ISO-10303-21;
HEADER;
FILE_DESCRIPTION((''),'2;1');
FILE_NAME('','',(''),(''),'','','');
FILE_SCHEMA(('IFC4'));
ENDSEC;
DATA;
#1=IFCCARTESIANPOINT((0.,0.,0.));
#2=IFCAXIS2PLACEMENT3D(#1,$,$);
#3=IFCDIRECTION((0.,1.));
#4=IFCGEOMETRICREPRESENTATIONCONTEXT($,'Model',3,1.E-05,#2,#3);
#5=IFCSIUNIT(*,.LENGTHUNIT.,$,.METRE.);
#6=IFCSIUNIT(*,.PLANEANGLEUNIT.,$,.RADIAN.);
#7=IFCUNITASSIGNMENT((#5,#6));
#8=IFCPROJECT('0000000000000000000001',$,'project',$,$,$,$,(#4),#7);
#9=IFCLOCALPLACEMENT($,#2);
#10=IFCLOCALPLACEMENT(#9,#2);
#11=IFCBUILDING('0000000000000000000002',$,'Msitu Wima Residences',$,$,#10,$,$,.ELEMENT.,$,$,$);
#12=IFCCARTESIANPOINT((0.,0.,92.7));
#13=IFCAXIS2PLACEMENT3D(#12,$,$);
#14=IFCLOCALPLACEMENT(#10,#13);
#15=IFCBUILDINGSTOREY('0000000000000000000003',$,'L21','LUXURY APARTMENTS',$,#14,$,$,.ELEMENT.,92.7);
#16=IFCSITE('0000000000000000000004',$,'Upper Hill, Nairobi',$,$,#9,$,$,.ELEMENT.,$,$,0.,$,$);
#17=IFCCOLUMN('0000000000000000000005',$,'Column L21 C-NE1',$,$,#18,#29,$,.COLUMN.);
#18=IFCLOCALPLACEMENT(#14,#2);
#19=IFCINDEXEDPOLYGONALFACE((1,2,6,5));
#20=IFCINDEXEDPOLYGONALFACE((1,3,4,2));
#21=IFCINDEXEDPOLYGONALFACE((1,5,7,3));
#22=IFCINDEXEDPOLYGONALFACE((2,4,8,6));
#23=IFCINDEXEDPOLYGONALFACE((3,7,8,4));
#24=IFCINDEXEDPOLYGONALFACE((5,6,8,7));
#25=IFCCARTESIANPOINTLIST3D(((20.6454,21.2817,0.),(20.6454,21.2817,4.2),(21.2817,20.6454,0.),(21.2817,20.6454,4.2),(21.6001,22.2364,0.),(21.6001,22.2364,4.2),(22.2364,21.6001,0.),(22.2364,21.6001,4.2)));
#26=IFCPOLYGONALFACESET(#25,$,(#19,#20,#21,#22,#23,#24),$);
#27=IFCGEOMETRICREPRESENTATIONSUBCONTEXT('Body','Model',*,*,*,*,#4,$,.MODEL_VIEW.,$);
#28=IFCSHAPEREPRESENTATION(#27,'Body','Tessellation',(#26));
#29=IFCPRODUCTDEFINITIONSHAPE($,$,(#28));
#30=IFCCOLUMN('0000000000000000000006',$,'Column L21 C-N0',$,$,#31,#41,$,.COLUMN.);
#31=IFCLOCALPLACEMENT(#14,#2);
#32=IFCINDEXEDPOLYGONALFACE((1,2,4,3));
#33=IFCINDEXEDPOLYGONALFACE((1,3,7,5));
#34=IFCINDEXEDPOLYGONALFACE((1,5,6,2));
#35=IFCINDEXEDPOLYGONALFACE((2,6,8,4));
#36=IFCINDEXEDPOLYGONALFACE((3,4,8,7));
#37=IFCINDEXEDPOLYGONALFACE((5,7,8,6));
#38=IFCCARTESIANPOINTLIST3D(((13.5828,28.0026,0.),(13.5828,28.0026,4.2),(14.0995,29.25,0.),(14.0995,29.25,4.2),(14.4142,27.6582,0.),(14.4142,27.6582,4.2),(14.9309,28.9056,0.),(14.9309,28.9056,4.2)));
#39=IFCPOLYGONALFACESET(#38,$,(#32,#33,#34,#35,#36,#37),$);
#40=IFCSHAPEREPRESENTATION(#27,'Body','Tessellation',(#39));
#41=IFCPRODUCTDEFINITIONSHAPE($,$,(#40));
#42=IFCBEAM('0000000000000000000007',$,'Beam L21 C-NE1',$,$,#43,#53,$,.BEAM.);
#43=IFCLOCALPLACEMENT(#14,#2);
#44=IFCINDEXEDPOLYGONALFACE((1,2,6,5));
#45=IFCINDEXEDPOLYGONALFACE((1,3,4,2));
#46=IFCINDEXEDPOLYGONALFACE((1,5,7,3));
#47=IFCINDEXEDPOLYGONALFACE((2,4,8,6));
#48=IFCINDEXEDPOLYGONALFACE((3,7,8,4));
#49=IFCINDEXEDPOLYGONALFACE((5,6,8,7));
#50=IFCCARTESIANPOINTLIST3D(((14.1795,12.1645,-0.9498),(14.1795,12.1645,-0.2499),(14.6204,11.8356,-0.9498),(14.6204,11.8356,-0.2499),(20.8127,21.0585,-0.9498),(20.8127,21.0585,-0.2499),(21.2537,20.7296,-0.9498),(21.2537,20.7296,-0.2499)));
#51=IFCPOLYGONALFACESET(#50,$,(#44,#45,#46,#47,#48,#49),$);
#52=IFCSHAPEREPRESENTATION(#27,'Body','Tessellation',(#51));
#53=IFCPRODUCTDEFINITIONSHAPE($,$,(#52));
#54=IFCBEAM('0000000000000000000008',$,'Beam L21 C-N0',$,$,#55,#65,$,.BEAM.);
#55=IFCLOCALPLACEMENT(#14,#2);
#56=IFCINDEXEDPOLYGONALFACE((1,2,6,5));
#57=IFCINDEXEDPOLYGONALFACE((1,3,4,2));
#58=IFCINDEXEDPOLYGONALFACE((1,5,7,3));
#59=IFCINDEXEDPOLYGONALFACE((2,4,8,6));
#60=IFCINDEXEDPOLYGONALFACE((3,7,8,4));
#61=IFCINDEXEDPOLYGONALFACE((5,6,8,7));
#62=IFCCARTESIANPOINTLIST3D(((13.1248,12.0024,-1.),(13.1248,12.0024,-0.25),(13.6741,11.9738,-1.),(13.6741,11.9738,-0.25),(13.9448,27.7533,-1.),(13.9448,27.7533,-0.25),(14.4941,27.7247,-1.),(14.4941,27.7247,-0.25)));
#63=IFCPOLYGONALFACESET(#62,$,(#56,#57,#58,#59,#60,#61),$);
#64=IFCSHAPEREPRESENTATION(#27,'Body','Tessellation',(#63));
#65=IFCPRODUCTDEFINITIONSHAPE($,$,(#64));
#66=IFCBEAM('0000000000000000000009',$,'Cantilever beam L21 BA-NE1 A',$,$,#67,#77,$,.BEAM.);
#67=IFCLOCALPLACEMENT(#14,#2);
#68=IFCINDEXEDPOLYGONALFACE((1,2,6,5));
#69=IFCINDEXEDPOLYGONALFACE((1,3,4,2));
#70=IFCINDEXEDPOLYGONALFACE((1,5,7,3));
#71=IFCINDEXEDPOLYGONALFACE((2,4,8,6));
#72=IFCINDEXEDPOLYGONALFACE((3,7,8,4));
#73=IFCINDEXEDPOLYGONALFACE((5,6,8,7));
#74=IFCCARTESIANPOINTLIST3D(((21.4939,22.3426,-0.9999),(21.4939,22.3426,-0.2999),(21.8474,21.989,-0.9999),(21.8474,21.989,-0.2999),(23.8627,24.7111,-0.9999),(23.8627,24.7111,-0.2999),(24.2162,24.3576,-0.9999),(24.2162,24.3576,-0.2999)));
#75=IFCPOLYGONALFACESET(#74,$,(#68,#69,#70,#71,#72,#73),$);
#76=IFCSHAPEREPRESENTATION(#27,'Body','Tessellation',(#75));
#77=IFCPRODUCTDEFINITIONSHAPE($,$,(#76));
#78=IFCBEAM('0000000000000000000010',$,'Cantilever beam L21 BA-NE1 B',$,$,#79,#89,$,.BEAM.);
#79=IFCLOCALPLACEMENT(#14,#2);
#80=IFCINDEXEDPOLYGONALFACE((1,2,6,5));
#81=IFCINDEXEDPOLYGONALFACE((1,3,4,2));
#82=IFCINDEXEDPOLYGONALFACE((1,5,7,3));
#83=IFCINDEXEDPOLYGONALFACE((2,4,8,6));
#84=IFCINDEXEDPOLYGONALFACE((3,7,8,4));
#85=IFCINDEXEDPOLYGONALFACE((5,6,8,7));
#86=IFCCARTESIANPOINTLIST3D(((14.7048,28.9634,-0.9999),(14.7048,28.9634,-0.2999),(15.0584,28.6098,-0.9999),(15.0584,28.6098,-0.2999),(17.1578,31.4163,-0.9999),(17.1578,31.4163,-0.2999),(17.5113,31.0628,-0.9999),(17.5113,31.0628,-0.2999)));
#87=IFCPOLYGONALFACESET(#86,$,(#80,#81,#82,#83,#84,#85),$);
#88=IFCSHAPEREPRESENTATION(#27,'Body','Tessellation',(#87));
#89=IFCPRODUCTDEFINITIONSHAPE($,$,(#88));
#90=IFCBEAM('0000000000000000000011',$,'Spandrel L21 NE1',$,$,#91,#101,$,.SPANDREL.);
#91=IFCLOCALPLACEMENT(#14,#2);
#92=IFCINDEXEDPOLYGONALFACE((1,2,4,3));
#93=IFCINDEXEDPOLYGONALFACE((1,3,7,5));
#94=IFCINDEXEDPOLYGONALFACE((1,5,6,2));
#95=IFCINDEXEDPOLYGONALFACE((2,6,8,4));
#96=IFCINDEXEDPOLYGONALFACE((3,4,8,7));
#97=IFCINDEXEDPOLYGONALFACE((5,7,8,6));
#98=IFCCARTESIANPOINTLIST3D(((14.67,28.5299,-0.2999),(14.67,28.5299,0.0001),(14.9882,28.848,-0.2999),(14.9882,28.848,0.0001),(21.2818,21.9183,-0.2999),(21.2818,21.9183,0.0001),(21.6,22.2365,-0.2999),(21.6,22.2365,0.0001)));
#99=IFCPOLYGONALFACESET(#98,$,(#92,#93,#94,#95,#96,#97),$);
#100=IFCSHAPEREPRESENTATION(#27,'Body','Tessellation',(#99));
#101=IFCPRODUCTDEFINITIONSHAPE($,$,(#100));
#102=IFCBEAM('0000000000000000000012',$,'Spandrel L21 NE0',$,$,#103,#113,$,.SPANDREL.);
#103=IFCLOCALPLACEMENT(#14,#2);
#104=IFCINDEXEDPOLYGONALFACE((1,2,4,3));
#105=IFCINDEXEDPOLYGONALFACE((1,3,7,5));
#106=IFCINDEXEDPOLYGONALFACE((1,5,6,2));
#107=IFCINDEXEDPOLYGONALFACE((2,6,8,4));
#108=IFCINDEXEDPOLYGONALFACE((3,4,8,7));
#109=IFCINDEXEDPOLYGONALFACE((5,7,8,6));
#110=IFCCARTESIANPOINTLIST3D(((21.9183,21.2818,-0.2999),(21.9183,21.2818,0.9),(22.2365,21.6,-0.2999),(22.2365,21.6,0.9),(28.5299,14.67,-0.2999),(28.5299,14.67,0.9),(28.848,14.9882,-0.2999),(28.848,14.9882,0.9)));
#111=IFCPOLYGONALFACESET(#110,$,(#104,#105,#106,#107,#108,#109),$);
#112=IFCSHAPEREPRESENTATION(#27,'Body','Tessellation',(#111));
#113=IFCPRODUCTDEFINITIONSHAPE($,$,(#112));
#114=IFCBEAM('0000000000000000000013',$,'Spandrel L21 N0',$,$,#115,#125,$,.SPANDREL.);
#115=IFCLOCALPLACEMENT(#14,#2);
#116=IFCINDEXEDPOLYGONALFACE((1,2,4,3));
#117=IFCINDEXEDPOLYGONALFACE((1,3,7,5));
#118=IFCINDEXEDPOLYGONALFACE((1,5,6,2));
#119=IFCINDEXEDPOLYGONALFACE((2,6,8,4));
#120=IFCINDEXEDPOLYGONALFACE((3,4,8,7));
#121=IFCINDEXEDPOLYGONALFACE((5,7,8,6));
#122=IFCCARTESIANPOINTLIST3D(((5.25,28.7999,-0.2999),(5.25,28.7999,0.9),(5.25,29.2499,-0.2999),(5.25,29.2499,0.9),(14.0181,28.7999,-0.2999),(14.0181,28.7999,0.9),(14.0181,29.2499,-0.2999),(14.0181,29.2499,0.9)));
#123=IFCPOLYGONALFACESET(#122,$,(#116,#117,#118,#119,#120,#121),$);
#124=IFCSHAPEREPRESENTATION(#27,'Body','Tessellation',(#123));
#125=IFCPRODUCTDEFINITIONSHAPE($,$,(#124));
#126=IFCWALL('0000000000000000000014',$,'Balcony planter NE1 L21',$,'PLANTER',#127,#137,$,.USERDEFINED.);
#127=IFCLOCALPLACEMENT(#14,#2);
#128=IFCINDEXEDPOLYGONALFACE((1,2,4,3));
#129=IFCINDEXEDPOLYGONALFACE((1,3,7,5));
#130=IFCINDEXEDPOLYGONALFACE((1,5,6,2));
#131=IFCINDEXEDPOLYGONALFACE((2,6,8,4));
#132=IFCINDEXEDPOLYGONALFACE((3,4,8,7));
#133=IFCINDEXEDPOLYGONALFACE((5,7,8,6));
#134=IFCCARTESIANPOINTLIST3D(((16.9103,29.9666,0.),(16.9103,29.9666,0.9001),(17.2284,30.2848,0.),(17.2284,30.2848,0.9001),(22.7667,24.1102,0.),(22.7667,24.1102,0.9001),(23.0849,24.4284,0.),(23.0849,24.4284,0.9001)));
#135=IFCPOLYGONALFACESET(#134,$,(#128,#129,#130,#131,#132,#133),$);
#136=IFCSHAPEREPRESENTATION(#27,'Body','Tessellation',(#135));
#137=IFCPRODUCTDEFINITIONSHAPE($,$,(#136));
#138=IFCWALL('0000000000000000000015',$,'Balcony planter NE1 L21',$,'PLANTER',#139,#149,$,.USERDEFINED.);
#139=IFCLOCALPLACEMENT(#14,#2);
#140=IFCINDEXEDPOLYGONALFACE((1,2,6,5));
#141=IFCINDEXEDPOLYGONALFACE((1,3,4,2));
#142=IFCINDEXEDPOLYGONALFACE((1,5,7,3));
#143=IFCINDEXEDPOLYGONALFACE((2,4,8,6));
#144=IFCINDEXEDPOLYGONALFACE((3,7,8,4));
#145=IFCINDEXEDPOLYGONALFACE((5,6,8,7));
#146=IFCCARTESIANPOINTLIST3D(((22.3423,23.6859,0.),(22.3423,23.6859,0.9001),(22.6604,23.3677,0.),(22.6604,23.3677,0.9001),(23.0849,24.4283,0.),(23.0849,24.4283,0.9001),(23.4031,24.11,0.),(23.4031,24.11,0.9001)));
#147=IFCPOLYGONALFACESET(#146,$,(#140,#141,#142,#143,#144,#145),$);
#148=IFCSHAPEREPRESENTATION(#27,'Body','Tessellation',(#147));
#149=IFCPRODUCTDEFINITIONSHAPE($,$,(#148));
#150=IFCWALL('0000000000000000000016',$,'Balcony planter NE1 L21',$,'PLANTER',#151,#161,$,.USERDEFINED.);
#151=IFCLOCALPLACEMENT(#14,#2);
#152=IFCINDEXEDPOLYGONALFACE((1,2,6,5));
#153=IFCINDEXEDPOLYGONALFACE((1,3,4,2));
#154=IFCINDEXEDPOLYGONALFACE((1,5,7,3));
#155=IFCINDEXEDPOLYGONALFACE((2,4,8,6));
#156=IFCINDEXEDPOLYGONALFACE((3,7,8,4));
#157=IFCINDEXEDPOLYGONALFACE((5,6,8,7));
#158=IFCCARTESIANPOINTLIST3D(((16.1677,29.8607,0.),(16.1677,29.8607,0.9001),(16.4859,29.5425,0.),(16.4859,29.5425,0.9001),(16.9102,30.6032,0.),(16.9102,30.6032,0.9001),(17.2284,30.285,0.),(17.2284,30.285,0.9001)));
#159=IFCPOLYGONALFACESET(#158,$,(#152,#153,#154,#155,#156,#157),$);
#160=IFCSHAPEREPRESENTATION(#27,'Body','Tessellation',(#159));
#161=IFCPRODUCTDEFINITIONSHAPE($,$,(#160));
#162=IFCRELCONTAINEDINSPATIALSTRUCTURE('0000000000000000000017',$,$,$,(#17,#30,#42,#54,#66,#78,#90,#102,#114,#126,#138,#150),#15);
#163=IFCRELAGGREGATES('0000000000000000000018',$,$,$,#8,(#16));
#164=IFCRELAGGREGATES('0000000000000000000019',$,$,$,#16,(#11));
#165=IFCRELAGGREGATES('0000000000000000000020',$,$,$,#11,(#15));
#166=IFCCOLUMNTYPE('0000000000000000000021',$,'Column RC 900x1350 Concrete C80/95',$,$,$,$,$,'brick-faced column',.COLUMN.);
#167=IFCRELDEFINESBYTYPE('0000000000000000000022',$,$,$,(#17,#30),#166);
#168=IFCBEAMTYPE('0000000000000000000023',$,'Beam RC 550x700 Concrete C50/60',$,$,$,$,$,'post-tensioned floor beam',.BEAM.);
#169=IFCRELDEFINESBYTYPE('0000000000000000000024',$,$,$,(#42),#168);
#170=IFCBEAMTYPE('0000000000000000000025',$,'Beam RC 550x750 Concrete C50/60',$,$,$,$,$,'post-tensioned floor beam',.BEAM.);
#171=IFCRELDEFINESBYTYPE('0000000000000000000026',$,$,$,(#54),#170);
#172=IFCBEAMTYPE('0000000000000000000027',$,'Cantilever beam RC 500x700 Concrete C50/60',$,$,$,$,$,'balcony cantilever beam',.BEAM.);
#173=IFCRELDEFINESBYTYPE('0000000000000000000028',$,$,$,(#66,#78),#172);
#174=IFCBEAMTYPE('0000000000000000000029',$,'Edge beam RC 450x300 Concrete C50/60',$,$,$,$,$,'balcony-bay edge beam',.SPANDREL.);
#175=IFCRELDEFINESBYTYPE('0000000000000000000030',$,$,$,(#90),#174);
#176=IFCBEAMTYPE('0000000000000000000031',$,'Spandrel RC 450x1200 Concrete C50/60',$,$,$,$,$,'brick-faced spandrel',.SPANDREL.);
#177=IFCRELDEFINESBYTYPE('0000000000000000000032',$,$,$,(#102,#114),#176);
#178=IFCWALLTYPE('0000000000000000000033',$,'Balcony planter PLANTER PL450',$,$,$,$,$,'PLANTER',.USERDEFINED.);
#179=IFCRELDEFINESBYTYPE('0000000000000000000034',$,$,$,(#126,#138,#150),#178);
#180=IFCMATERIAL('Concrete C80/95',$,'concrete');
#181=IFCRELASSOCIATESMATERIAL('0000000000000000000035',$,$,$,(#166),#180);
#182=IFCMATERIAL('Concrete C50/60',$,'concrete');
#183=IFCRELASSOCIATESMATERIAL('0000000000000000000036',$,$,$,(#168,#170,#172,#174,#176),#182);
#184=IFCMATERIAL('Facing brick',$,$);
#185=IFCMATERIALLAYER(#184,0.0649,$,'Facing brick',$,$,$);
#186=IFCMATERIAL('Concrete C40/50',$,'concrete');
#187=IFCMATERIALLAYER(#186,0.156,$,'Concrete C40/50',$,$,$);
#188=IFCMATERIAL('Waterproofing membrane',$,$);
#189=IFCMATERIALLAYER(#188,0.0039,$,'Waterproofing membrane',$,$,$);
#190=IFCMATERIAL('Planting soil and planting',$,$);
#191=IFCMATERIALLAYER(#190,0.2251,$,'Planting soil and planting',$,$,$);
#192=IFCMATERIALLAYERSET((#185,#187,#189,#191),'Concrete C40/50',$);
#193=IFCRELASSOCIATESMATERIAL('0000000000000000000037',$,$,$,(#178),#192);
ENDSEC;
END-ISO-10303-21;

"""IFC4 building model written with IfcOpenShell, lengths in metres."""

from ifc_helpers import new_model, si_unit, direction, frame, frame_2d, origin, origin_2d, place, context, subcontext, project, spatial, rectangle, extrude, material, layer, layer_set, material_profile, profile_set, type_object, element, save


model = new_model("IFC4")

# Units and contexts
model_context = context("Model", 3, precision=1e-05, world=origin(), true_north=direction((0.0, 1.0)))
body_context = subcontext(model_context, "Body", "Model", "MODEL_VIEW")
ifc_project = project(units=[si_unit("LENGTHUNIT", "METRE"), si_unit("PLANEANGLEUNIT", "RADIAN")], contexts=[model_context])

# Site, building, storey
site_placement = place(None, origin())
site = spatial("IfcSite", under=ifc_project, at=site_placement, Name="Upper Hill, Nairobi", CompositionType="ELEMENT", RefElevation=0.0)
building_placement = place(site_placement, origin())
building = spatial("IfcBuilding", under=site, at=building_placement, Name="Msitu Wima Residences", CompositionType="ELEMENT")
storey_placement = place(building_placement, frame((0.0, 0.0, 92.7)))
storey = spatial("IfcBuildingStorey", under=building, at=storey_placement, Name="L21", Description="LUXURY APARTMENTS", CompositionType="ELEMENT", Elevation=92.7)

# Columns
ifc_material_1 = material(Name="Concrete C80/95", Category="concrete")
ifc_material_profile_1 = material_profile(ifc_material_1, rectangle(XDim=0.8999, YDim=1.3501, at=origin_2d()), Name="RC 900x1350")
ifc_profile_set_1 = profile_set([ifc_material_profile_1], Name="Concrete C80/95")
column_type = type_object("IfcColumnType", Name="Column RC 900x1350 Concrete C80/95", ElementType="brick-faced column", PredefinedType="COLUMN", material=ifc_profile_set_1)
for number, where, z_axis, x_axis, name in (
    (1, (21.4409, 21.4409, 0.0), (0.0, 0.0, 1.0), (-0.707107, 0.707107, 0.0), "Column L21 C-NE1"),
    (2, (14.2568, 28.4541, 0.0), (0.0, 0.0, 1.0), (-0.92388, 0.382683, 0.0), "Column L21 C-N0"),
):
    element("IfcColumn", number, at=place(storey_placement, frame(where, z_axis=z_axis, x_axis=x_axis)), inside=storey, type_object=column_type, Name=name, PredefinedType="COLUMN", context=body_context, shape_type="SweptSolid", body=[
        extrude(rectangle(XDim=0.8999, YDim=1.3501, at=origin_2d()), origin(), (0.0, 0.0, 1.0), 4.2),
    ])

# Beams
ifc_material_2 = material(Name="Concrete C50/60", Category="concrete")
ifc_material_profile_2 = material_profile(ifc_material_2, rectangle(XDim=0.55, YDim=0.7, at=origin_2d()), Name="RC 550x700")
ifc_profile_set_2 = profile_set([ifc_material_profile_2], Name="Concrete C50/60")
beam_type_1 = type_object("IfcBeamType", Name="Beam RC 550x700 Concrete C50/60", ElementType="post-tensioned floor beam", PredefinedType="BEAM", material=ifc_profile_set_2)
beam_1_placement = place(storey_placement, frame((21.0332, 20.894, -0.5999), z_axis=(-0.59785, -0.801608, 0.0), x_axis=(0.801608, -0.59785, 0.0)))
element("IfcBeam", 3, at=beam_1_placement, inside=storey, type_object=beam_type_1, Name="Beam L21 C-NE1", PredefinedType="BEAM", context=body_context, shape_type="SweptSolid", body=[
    extrude(rectangle(XDim=0.55, YDim=0.7, at=origin_2d()), origin(), (0.0, 0.0, 1.0), 11.0952),
])
ifc_material_profile_3 = material_profile(ifc_material_2, rectangle(XDim=0.55, YDim=0.75, at=origin_2d()), Name="RC 550x750")
ifc_profile_set_3 = profile_set([ifc_material_profile_3], Name="Concrete C50/60")
beam_type_2 = type_object("IfcBeamType", Name="Beam RC 550x750 Concrete C50/60", ElementType="post-tensioned floor beam", PredefinedType="BEAM", material=ifc_profile_set_3)
beam_2_placement = place(storey_placement, frame((14.2195, 27.739, -0.625), z_axis=(-0.051994, -0.998647, 0.0), x_axis=(0.998647, -0.051994, 0.0)))
element("IfcBeam", 4, at=beam_2_placement, inside=storey, type_object=beam_type_2, Name="Beam L21 C-N0", PredefinedType="BEAM", context=body_context, shape_type="SweptSolid", body=[
    extrude(rectangle(XDim=0.55, YDim=0.75, at=origin_2d()), origin(), (0.0, 0.0, 1.0), 15.7722),
])
ifc_material_profile_4 = material_profile(ifc_material_2, rectangle(XDim=0.5, YDim=0.7, at=origin_2d()), Name="RC 500x700")
ifc_profile_set_4 = profile_set([ifc_material_profile_4], Name="Concrete C50/60")
beam_type_3 = type_object("IfcBeamType", Name="Cantilever beam RC 500x700 Concrete C50/60", ElementType="balcony cantilever beam", PredefinedType="BEAM", material=ifc_profile_set_4)
beam_3_placement = place(storey_placement, frame((21.6707, 22.1658, -0.6499), z_axis=(0.707143, 0.70707, 0.0), x_axis=(-0.70707, 0.707143, 0.0)))
element("IfcBeam", 5, at=beam_3_placement, inside=storey, type_object=beam_type_3, Name="Cantilever beam L21 BA-NE1 A", PredefinedType="BEAM", context=body_context, shape_type="SweptSolid", body=[
    extrude(rectangle(XDim=0.5, YDim=0.7, at=origin_2d()), origin(), (0.0, 0.0, 1.0), 3.3499),
])
beam_4_placement = place(storey_placement, frame((14.8816, 28.7866, -0.6499), z_axis=(0.707107, 0.707107, 0.0), x_axis=(-0.707107, 0.707107, 0.0)))
element("IfcBeam", 6, at=beam_4_placement, inside=storey, type_object=beam_type_3, Name="Cantilever beam L21 BA-NE1 B", PredefinedType="BEAM", context=body_context, shape_type="SweptSolid", body=[
    extrude(rectangle(XDim=0.5, YDim=0.7, at=origin_2d()), origin(), (0.0, 0.0, 1.0), 3.469),
])
ifc_material_profile_5 = material_profile(ifc_material_2, rectangle(XDim=0.45, YDim=0.3, at=origin_2d()), Name="RC 450x300")
ifc_profile_set_5 = profile_set([ifc_material_profile_5], Name="Concrete C50/60")
beam_type_4 = type_object("IfcBeamType", Name="Edge beam RC 450x300 Concrete C50/60", ElementType="balcony-bay edge beam", PredefinedType="SPANDREL", material=ifc_profile_set_5)
beam_5_placement = place(storey_placement, frame((21.4409, 22.0774, -0.1499), z_axis=(-0.70712, 0.707094, 0.0), x_axis=(-0.707094, -0.70712, 0.0)))
element("IfcBeam", 7, at=beam_5_placement, inside=storey, type_object=beam_type_4, Name="Spandrel L21 NE1", PredefinedType="SPANDREL", context=body_context, shape_type="SweptSolid", body=[
    extrude(rectangle(XDim=0.45, YDim=0.3, at=origin_2d()), origin(), (0.0, 0.0, 1.0), 9.3503),
])
ifc_material_profile_6 = material_profile(ifc_material_2, rectangle(XDim=0.45, YDim=1.2, at=origin_2d()), Name="RC 450x1200")
ifc_profile_set_6 = profile_set([ifc_material_profile_6], Name="Concrete C50/60")
beam_type_5 = type_object("IfcBeamType", Name="Spandrel RC 450x1200 Concrete C50/60", ElementType="brick-faced spandrel", PredefinedType="SPANDREL", material=ifc_profile_set_6)
beam_6_placement = place(storey_placement, frame((28.689, 14.8291, 0.3), z_axis=(-0.707094, 0.70712, 0.0), x_axis=(-0.70712, -0.707094, 0.0)))
element("IfcBeam", 8, at=beam_6_placement, inside=storey, type_object=beam_type_5, Name="Spandrel L21 NE0", PredefinedType="SPANDREL", context=body_context, shape_type="SweptSolid", body=[
    extrude(rectangle(XDim=0.45, YDim=1.2, at=origin_2d()), origin(), (0.0, 0.0, 1.0), 9.3503),
])
beam_7_placement = place(storey_placement, frame((14.0181, 29.0249, 0.3), z_axis=(-1.0, 0.0, 0.0), x_axis=(0.0, -1.0, 0.0)))
element("IfcBeam", 9, at=beam_7_placement, inside=storey, type_object=beam_type_5, Name="Spandrel L21 N0", PredefinedType="SPANDREL", context=body_context, shape_type="SweptSolid", body=[
    extrude(rectangle(XDim=0.45, YDim=1.2, at=origin_2d()), origin(), (0.0, 0.0, 1.0), 8.7681),
])

# Walls
ifc_material_3 = material(Name="Facing brick")
ifc_layer_1 = layer(ifc_material_3, 0.0649, Name="Facing brick")
ifc_material_4 = material(Name="Concrete C40/50", Category="concrete")
ifc_layer_2 = layer(ifc_material_4, 0.156, Name="Concrete C40/50")
ifc_material_5 = material(Name="Waterproofing membrane")
ifc_layer_3 = layer(ifc_material_5, 0.0039, Name="Waterproofing membrane")
ifc_material_6 = material(Name="Planting soil and planting")
ifc_layer_4 = layer(ifc_material_6, 0.2251, Name="Planting soil and planting")
ifc_layer_set_1 = layer_set([ifc_layer_1, ifc_layer_2, ifc_layer_3, ifc_layer_4], Name="Concrete C40/50")
wall_type_1 = type_object("IfcWallType", Name="Balcony planter PLANTER PL450", ElementType="PLANTER", PredefinedType="USERDEFINED", material=ifc_layer_set_1)
wall_1_placement = place(storey_placement, frame((22.9258, 24.2693, 0.0), z_axis=(0.0, 0.0, 1.0), x_axis=(-0.707107, 0.707107, 0.0)))
element("IfcWall", 10, at=wall_1_placement, inside=storey, type_object=wall_type_1, Name="Balcony planter NE1 L21", ObjectType="PLANTER", PredefinedType="USERDEFINED", context=body_context, shape_type="SweptSolid", body=[
    extrude(rectangle(XDim=8.2822, YDim=0.45, at=frame_2d((4.1411, 0.0))), origin(), (0.0, 0.0, 1.0), 0.9001),
])
for number, where, z_axis, x_axis, name in (
    (11, (22.5015, 23.5269, 0.0), (0.0, 0.0, 1.0), (0.707223, 0.706991, 0.0), "Balcony planter NE1 L21"),
    (12, (16.3269, 29.7017, 0.0), (0.0, 0.0, 1.0), (0.707107, 0.707107, 0.0), "Balcony planter NE1 L21"),
):
    element("IfcWall", number, at=place(storey_placement, frame(where, z_axis=z_axis, x_axis=x_axis)), inside=storey, type_object=wall_type_1, Name=name, ObjectType="PLANTER", PredefinedType="USERDEFINED", context=body_context, shape_type="SweptSolid", body=[
        extrude(rectangle(XDim=1.05, YDim=0.45, at=frame_2d((0.5249, 0.0))), origin(), (0.0, 0.0, 1.0), 0.9001),
    ])

save(model, "model.ifc")
